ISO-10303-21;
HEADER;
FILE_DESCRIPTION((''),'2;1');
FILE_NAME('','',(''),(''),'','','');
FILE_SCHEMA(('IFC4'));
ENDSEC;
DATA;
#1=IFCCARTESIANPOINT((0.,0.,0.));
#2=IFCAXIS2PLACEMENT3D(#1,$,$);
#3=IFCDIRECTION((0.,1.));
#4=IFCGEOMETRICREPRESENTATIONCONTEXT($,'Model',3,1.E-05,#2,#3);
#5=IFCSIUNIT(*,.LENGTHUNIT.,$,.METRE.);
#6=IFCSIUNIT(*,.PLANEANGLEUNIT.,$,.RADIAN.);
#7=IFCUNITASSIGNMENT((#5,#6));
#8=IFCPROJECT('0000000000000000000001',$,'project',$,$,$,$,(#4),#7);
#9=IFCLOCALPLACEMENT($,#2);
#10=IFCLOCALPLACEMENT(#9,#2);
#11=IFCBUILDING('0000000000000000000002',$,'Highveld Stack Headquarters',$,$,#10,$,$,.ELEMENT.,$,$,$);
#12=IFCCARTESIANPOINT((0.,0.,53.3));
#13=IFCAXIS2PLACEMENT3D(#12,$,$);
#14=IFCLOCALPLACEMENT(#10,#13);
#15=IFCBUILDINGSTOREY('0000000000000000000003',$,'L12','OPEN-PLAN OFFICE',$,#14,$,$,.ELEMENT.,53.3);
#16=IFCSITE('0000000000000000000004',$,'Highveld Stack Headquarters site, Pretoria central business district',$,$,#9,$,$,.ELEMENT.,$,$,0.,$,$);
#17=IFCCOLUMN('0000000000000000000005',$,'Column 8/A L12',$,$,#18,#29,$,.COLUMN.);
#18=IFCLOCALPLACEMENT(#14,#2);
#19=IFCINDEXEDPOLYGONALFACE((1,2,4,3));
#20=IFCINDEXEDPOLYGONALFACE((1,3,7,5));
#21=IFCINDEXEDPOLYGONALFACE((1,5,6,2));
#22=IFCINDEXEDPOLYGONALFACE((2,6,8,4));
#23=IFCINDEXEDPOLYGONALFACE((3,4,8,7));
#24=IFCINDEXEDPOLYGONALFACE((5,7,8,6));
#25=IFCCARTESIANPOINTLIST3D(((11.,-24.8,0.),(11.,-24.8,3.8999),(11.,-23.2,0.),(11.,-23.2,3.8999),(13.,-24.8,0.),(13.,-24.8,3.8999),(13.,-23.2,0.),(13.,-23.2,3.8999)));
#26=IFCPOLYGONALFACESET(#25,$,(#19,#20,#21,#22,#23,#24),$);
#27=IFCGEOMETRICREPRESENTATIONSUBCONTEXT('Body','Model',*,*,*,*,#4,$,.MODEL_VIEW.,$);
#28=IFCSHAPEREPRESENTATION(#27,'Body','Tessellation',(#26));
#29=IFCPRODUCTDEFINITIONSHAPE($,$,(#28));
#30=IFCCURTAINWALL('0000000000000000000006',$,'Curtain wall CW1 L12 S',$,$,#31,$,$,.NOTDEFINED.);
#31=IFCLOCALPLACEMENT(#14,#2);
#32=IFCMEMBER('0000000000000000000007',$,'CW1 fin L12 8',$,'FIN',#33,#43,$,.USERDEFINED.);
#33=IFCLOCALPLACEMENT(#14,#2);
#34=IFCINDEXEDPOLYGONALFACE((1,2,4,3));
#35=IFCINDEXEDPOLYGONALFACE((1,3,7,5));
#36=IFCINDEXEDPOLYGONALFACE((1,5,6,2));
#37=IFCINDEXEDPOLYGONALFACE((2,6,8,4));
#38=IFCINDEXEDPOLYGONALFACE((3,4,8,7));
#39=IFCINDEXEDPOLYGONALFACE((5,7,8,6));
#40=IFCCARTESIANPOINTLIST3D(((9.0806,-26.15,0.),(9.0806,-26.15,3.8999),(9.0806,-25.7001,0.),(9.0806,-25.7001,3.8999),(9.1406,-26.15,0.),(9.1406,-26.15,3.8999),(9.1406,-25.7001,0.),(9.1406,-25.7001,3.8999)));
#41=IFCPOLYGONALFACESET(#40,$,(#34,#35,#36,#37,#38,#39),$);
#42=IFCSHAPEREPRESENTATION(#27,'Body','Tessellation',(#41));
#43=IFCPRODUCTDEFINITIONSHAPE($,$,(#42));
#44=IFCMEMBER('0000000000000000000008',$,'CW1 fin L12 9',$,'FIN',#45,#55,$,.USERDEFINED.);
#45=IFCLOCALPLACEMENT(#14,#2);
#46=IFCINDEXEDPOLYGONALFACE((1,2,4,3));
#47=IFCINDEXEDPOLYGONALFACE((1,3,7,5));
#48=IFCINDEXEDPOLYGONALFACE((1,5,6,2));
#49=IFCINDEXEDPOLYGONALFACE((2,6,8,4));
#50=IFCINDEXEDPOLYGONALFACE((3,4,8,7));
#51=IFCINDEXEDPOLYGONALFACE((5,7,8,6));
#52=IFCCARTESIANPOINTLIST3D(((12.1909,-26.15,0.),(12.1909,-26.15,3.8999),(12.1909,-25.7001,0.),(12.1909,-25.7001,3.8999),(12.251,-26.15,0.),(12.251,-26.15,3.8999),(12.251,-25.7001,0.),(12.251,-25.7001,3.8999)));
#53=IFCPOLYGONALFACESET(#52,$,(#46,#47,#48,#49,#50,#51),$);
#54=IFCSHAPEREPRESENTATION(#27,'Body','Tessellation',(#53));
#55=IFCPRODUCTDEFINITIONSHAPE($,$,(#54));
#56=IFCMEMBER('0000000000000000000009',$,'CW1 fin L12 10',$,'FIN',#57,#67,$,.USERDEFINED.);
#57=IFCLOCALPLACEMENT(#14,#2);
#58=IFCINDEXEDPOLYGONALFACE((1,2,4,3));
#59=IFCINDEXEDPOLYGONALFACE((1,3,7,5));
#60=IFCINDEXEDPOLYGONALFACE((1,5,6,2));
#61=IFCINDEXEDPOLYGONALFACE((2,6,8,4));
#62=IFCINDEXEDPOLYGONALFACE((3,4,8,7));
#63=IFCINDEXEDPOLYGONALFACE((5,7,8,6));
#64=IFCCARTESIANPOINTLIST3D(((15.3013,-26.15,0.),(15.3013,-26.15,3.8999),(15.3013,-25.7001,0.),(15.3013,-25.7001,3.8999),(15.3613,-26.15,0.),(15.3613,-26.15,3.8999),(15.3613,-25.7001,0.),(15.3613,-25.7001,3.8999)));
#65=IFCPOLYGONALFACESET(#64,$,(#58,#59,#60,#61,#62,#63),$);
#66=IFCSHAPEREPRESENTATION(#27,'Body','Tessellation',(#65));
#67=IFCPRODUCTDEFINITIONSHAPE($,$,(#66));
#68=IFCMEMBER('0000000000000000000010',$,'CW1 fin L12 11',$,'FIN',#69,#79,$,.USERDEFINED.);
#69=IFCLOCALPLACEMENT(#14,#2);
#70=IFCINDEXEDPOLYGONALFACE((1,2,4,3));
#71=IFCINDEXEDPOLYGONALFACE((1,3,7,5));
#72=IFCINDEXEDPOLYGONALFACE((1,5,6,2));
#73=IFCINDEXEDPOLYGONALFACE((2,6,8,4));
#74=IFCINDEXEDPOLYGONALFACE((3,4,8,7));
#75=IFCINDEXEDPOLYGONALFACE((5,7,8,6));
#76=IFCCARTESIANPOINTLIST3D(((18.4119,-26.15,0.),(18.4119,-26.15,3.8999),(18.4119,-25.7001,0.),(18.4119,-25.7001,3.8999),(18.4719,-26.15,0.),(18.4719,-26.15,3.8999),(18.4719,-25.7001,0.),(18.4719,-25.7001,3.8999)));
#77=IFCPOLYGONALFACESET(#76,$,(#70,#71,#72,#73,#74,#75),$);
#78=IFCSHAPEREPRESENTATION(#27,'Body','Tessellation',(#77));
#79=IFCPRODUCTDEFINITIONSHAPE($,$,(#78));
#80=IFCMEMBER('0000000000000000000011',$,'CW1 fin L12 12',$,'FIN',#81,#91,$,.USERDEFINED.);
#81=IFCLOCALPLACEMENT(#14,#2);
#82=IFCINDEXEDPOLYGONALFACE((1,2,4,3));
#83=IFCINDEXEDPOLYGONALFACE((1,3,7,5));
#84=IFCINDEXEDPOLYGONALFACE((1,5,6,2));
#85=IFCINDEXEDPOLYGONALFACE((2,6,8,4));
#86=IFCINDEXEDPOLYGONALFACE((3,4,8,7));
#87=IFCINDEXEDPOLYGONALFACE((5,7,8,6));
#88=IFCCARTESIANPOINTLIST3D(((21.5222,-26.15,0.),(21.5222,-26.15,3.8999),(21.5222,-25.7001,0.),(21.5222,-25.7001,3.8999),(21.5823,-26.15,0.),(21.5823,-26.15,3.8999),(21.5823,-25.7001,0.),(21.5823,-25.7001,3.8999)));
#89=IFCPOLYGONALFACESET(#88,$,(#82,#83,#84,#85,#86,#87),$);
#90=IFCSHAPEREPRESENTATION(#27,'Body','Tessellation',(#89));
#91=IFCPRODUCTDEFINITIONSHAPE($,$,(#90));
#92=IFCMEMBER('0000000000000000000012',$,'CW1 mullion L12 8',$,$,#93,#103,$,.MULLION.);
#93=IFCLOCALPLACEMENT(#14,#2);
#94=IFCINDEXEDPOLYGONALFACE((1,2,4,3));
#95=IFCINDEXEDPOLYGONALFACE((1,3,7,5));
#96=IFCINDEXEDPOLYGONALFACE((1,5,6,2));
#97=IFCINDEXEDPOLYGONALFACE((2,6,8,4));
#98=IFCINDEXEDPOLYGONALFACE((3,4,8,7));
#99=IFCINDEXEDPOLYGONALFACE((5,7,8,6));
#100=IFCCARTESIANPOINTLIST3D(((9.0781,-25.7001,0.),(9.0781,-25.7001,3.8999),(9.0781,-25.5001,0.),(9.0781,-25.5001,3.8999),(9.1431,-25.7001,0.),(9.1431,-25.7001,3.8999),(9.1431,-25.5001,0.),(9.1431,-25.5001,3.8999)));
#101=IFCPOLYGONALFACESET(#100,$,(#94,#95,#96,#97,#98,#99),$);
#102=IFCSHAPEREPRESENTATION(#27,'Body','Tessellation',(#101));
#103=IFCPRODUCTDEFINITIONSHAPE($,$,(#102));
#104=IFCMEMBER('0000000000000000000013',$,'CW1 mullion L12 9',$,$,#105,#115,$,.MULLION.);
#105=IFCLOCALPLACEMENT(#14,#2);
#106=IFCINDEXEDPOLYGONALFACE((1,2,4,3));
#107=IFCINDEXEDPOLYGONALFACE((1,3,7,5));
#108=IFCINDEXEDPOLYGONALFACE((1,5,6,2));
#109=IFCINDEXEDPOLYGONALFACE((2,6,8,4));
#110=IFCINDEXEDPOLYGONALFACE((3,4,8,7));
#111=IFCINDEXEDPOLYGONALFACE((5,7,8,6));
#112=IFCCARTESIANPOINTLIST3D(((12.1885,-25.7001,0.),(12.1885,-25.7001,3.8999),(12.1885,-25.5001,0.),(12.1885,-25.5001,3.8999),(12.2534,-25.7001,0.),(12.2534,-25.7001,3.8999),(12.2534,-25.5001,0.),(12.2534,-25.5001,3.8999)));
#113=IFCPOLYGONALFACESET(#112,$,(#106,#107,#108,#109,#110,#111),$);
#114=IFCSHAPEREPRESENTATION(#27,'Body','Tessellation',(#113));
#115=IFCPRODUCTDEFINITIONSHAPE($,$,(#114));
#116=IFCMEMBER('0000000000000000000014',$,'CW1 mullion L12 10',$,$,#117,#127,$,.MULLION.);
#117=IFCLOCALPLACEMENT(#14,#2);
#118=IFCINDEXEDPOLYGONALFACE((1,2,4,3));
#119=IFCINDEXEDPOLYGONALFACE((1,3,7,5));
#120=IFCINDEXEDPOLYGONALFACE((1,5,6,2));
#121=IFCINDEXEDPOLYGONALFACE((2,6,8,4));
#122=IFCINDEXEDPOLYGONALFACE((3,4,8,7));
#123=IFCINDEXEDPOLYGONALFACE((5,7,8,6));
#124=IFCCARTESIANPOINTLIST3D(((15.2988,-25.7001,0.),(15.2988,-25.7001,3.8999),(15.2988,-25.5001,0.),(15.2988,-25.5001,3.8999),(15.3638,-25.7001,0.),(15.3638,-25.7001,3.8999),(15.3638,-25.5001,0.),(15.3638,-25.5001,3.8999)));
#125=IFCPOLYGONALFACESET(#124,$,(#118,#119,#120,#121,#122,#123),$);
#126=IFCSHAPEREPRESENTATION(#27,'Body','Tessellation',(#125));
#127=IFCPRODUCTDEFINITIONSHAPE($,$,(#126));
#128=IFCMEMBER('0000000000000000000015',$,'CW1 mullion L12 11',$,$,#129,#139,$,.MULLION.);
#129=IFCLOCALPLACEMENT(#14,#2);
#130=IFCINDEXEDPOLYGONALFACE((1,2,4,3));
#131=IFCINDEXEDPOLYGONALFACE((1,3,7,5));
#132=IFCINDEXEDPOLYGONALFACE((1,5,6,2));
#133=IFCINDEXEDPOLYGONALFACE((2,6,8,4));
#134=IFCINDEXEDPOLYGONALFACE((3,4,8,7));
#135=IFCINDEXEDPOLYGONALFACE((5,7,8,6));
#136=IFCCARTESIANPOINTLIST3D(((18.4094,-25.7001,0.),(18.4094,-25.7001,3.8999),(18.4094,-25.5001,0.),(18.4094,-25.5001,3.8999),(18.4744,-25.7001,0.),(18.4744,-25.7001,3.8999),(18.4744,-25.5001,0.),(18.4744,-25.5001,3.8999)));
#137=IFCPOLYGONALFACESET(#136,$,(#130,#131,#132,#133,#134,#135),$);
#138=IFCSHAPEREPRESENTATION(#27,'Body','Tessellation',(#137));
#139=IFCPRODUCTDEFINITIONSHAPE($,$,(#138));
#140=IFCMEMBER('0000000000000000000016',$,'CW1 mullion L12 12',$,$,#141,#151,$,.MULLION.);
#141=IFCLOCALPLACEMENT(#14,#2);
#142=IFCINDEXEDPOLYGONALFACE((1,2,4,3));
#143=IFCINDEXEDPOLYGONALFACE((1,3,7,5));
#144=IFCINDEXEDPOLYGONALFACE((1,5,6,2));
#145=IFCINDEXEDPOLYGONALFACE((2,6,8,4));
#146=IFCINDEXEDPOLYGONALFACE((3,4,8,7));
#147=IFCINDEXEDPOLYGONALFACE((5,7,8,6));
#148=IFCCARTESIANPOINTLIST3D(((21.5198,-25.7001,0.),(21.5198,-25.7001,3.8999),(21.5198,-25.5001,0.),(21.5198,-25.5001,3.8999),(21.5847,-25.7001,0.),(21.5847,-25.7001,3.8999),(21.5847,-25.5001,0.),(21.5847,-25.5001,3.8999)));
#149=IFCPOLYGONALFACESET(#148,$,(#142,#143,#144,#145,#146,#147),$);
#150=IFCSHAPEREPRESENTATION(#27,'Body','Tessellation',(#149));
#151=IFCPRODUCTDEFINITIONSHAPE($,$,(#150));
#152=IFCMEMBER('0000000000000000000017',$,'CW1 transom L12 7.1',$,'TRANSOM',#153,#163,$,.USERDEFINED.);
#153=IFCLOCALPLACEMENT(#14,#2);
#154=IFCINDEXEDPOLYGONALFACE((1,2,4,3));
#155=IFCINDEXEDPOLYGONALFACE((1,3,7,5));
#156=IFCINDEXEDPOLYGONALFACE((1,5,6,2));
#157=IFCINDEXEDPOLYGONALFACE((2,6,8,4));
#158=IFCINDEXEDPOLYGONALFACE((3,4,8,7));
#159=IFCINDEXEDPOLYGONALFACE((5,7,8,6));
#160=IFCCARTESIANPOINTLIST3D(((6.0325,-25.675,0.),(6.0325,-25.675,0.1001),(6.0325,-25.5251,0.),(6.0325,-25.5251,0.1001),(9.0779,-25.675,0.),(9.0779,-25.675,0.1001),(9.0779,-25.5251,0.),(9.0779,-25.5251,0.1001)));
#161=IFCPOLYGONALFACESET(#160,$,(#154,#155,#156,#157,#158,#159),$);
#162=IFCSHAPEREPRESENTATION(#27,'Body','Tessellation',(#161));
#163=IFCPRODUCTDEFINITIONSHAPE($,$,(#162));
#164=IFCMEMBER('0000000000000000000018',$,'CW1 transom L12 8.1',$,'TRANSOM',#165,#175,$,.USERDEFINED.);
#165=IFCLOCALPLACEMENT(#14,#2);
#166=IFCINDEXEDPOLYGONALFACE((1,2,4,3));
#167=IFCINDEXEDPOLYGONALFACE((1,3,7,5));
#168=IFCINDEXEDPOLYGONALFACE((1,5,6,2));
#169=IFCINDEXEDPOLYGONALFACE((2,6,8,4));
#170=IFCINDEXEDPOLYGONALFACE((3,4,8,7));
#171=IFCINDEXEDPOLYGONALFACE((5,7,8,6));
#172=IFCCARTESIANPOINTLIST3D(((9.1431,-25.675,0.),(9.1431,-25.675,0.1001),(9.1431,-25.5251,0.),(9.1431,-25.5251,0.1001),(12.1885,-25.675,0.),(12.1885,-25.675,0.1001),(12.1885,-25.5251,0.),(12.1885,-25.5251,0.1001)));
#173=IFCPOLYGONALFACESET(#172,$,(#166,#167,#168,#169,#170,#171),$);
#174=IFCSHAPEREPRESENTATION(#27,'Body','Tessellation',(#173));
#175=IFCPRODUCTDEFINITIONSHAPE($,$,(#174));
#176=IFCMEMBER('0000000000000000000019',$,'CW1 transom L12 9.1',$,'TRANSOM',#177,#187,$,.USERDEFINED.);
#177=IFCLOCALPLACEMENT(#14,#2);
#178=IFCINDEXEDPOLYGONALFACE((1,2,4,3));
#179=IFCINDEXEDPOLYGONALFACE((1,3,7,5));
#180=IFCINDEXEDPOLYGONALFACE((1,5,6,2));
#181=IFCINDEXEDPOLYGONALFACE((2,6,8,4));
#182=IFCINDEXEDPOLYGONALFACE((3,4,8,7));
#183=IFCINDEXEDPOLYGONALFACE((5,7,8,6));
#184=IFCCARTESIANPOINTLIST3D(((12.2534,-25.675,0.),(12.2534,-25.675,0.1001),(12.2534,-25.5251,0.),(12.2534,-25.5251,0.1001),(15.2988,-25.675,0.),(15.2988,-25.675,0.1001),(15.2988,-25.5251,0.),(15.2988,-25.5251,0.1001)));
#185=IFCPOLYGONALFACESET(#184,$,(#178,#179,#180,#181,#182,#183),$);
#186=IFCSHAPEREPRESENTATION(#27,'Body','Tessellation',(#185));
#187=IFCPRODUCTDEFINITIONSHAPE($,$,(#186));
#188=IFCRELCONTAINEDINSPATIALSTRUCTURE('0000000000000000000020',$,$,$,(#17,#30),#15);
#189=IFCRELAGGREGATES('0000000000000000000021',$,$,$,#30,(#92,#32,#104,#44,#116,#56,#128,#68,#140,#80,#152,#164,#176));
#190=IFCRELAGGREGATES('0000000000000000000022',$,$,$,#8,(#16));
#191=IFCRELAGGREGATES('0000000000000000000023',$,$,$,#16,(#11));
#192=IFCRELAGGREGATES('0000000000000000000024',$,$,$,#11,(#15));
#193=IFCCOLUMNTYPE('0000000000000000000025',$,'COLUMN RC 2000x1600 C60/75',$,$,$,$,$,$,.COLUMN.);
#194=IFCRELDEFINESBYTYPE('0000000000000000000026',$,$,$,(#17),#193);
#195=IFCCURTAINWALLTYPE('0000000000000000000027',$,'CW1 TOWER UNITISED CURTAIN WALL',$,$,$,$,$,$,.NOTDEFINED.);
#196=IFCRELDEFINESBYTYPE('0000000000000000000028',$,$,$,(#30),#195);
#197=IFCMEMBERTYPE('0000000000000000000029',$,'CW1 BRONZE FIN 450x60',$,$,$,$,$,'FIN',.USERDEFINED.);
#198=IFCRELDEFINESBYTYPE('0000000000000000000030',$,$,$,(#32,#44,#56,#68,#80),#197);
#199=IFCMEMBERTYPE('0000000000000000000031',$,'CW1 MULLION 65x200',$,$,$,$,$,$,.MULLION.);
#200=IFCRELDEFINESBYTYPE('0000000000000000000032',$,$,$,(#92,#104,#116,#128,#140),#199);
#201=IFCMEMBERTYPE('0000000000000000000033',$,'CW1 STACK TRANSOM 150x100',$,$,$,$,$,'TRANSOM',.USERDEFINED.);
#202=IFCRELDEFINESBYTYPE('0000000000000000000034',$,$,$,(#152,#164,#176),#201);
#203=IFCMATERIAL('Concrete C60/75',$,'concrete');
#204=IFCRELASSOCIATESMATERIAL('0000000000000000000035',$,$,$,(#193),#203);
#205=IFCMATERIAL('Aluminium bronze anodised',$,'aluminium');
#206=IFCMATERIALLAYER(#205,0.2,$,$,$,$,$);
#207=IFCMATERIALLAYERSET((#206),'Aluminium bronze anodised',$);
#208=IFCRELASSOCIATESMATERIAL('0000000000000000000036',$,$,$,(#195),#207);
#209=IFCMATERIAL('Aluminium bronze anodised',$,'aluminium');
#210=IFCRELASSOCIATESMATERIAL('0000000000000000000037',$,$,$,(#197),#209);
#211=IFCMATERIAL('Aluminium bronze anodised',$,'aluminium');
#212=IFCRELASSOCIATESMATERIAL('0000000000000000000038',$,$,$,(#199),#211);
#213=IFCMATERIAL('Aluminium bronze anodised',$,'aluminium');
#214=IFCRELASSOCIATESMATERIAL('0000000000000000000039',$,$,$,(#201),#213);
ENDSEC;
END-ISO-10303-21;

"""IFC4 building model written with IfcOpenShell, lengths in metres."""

from ifc_helpers import new_model, si_unit, direction, frame, origin, origin_2d, place, context, subcontext, project, spatial, rectangle, extrude, material, layer, layer_set, material_profile, profile_set, type_object, element, aggregate, save


model = new_model("IFC4")

# Units and contexts
model_context = context("Model", 3, precision=1e-05, world=origin(), true_north=direction((0.0, 1.0)))
body_context = subcontext(model_context, "Body", "Model", "MODEL_VIEW")
ifc_project = project(units=[si_unit("LENGTHUNIT", "METRE"), si_unit("PLANEANGLEUNIT", "RADIAN")], contexts=[model_context])

# Site, building, storey
site_placement = place(None, origin())
site = spatial("IfcSite", under=ifc_project, at=site_placement, Name="Highveld Stack Headquarters site, Pretoria central business district", CompositionType="ELEMENT", RefElevation=0.0)
building_placement = place(site_placement, origin())
building = spatial("IfcBuilding", under=site, at=building_placement, Name="Highveld Stack Headquarters", CompositionType="ELEMENT")
storey_placement = place(building_placement, frame((0.0, 0.0, 53.3)))
storey = spatial("IfcBuildingStorey", under=building, at=storey_placement, Name="L12", Description="OPEN-PLAN OFFICE", CompositionType="ELEMENT", Elevation=53.3)

# Column
ifc_material_1 = material(Name="Concrete C60/75", Category="concrete")
ifc_material_profile_1 = material_profile(ifc_material_1, rectangle(XDim=2.0, YDim=1.6001, at=origin_2d()), Name="RC 2000x1600")
ifc_profile_set_1 = profile_set([ifc_material_profile_1], Name="Concrete C60/75")
column_type = type_object("IfcColumnType", Name="COLUMN RC 2000x1600 C60/75", PredefinedType="COLUMN", material=ifc_profile_set_1)
column_placement = place(storey_placement, frame((12.0, -24.0, 0.0), z_axis=(0.0, 0.0, 1.0), x_axis=(1.0, 0.0, 0.0)))
element("IfcColumn", 1, at=column_placement, inside=storey, type_object=column_type, Name="Column 8/A L12", PredefinedType="COLUMN", context=body_context, shape_type="SweptSolid", body=[
    extrude(rectangle(XDim=2.0, YDim=1.6001, at=origin_2d()), origin(), (0.0, 0.0, 1.0), 3.8999),
])

# Curtain wall, members
ifc_material_2 = material(Name="Aluminium bronze anodised", Category="aluminium")
ifc_layer_1 = layer(ifc_material_2, 0.2)
ifc_layer_set_1 = layer_set([ifc_layer_1], Name="Aluminium bronze anodised")
curtain_wall_type = type_object("IfcCurtainWallType", Name="CW1 TOWER UNITISED CURTAIN WALL", PredefinedType="NOTDEFINED", material=ifc_layer_set_1)
curtain_wall_placement = place(storey_placement, origin())
curtain_wall = element("IfcCurtainWall", 2, at=curtain_wall_placement, inside=storey, type_object=curtain_wall_type, Name="Curtain wall CW1 L12 S", PredefinedType="NOTDEFINED")
ifc_material_3 = material(Name="Aluminium bronze anodised", Category="aluminium")
ifc_material_profile_2 = material_profile(ifc_material_3, rectangle(XDim=0.45, YDim=0.0601, at=origin_2d()), Name="FIN 450x60")
ifc_profile_set_2 = profile_set([ifc_material_profile_2], Name="Aluminium bronze anodised")
member_type_1 = type_object("IfcMemberType", Name="CW1 BRONZE FIN 450x60", ElementType="FIN", PredefinedType="USERDEFINED", material=ifc_profile_set_2)
member_1_placement = place(storey_placement, frame((9.1106, -25.925, 0.0), z_axis=(0.0, 0.0, 1.0), x_axis=(0.0, 1.0, 0.0)))
member_1 = element("IfcMember", 3, at=member_1_placement, type_object=member_type_1, Name="CW1 fin L12 8", ObjectType="FIN", PredefinedType="USERDEFINED", context=body_context, shape_type="SweptSolid", body=[
    extrude(rectangle(XDim=0.45, YDim=0.0601, at=origin_2d()), origin(), (0.0, 0.0, 1.0), 3.8999),
])
member_2_placement = place(storey_placement, frame((12.2209, -25.925, 0.0), z_axis=(0.0, 0.0, 1.0), x_axis=(0.0, 1.0, 0.0)))
member_2 = element("IfcMember", 4, at=member_2_placement, type_object=member_type_1, Name="CW1 fin L12 9", ObjectType="FIN", PredefinedType="USERDEFINED", context=body_context, shape_type="SweptSolid", body=[
    extrude(rectangle(XDim=0.45, YDim=0.0601, at=origin_2d()), origin(), (0.0, 0.0, 1.0), 3.8999),
])
member_3_placement = place(storey_placement, frame((15.3313, -25.925, 0.0), z_axis=(0.0, 0.0, 1.0), x_axis=(0.0, 1.0, 0.0)))
member_3 = element("IfcMember", 5, at=member_3_placement, type_object=member_type_1, Name="CW1 fin L12 10", ObjectType="FIN", PredefinedType="USERDEFINED", context=body_context, shape_type="SweptSolid", body=[
    extrude(rectangle(XDim=0.45, YDim=0.0601, at=origin_2d()), origin(), (0.0, 0.0, 1.0), 3.8999),
])
member_4_placement = place(storey_placement, frame((18.4419, -25.925, 0.0), z_axis=(0.0, 0.0, 1.0), x_axis=(0.0, 1.0, 0.0)))
member_4 = element("IfcMember", 6, at=member_4_placement, type_object=member_type_1, Name="CW1 fin L12 11", ObjectType="FIN", PredefinedType="USERDEFINED", context=body_context, shape_type="SweptSolid", body=[
    extrude(rectangle(XDim=0.45, YDim=0.0601, at=origin_2d()), origin(), (0.0, 0.0, 1.0), 3.8999),
])
member_5_placement = place(storey_placement, frame((21.5522, -25.925, 0.0), z_axis=(0.0, 0.0, 1.0), x_axis=(0.0, 1.0, 0.0)))
member_5 = element("IfcMember", 7, at=member_5_placement, type_object=member_type_1, Name="CW1 fin L12 12", ObjectType="FIN", PredefinedType="USERDEFINED", context=body_context, shape_type="SweptSolid", body=[
    extrude(rectangle(XDim=0.45, YDim=0.0601, at=origin_2d()), origin(), (0.0, 0.0, 1.0), 3.8999),
])
ifc_material_4 = material(Name="Aluminium bronze anodised", Category="aluminium")
ifc_material_profile_3 = material_profile(ifc_material_4, rectangle(XDim=0.2, YDim=0.0649, at=origin_2d()), Name="CW1 MULLION 65x200")
ifc_profile_set_3 = profile_set([ifc_material_profile_3], Name="Aluminium bronze anodised")
member_type_2 = type_object("IfcMemberType", Name="CW1 MULLION 65x200", PredefinedType="MULLION", material=ifc_profile_set_3)
member_6_placement = place(storey_placement, frame((9.1106, -25.6001, 0.0), z_axis=(0.0, 0.0, 1.0), x_axis=(0.0, 1.0, 0.0)))
member_6 = element("IfcMember", 8, at=member_6_placement, type_object=member_type_2, Name="CW1 mullion L12 8", PredefinedType="MULLION", context=body_context, shape_type="SweptSolid", body=[
    extrude(rectangle(XDim=0.2, YDim=0.0649, at=origin_2d()), origin(), (0.0, 0.0, 1.0), 3.8999),
])
member_7_placement = place(storey_placement, frame((12.2209, -25.6001, 0.0), z_axis=(0.0, 0.0, 1.0), x_axis=(0.0, 1.0, 0.0)))
member_7 = element("IfcMember", 9, at=member_7_placement, type_object=member_type_2, Name="CW1 mullion L12 9", PredefinedType="MULLION", context=body_context, shape_type="SweptSolid", body=[
    extrude(rectangle(XDim=0.2, YDim=0.0649, at=origin_2d()), origin(), (0.0, 0.0, 1.0), 3.8999),
])
member_8_placement = place(storey_placement, frame((15.3313, -25.6001, 0.0), z_axis=(0.0, 0.0, 1.0), x_axis=(0.0, 1.0, 0.0)))
member_8 = element("IfcMember", 10, at=member_8_placement, type_object=member_type_2, Name="CW1 mullion L12 10", PredefinedType="MULLION", context=body_context, shape_type="SweptSolid", body=[
    extrude(rectangle(XDim=0.2, YDim=0.0649, at=origin_2d()), origin(), (0.0, 0.0, 1.0), 3.8999),
])
member_9_placement = place(storey_placement, frame((18.4419, -25.6001, 0.0), z_axis=(0.0, 0.0, 1.0), x_axis=(0.0, 1.0, 0.0)))
member_9 = element("IfcMember", 11, at=member_9_placement, type_object=member_type_2, Name="CW1 mullion L12 11", PredefinedType="MULLION", context=body_context, shape_type="SweptSolid", body=[
    extrude(rectangle(XDim=0.2, YDim=0.0649, at=origin_2d()), origin(), (0.0, 0.0, 1.0), 3.8999),
])
member_10_placement = place(storey_placement, frame((21.5522, -25.6001, 0.0), z_axis=(0.0, 0.0, 1.0), x_axis=(0.0, 1.0, 0.0)))
member_10 = element("IfcMember", 12, at=member_10_placement, type_object=member_type_2, Name="CW1 mullion L12 12", PredefinedType="MULLION", context=body_context, shape_type="SweptSolid", body=[
    extrude(rectangle(XDim=0.2, YDim=0.0649, at=origin_2d()), origin(), (0.0, 0.0, 1.0), 3.8999),
])
ifc_material_5 = material(Name="Aluminium bronze anodised", Category="aluminium")
ifc_material_profile_4 = material_profile(ifc_material_5, rectangle(XDim=0.1499, YDim=0.1001, at=origin_2d()), Name="CW1 TRANSOM 150x100")
ifc_profile_set_4 = profile_set([ifc_material_profile_4], Name="Aluminium bronze anodised")
member_type_3 = type_object("IfcMemberType", Name="CW1 STACK TRANSOM 150x100", ElementType="TRANSOM", PredefinedType="USERDEFINED", material=ifc_profile_set_4)
member_11_placement = place(storey_placement, frame((6.0325, -25.6001, 0.05), z_axis=(1.0, 0.0, 0.0), x_axis=(0.0, 1.0, 0.0)))
member_11 = element("IfcMember", 13, at=member_11_placement, type_object=member_type_3, Name="CW1 transom L12 7.1", ObjectType="TRANSOM", PredefinedType="USERDEFINED", context=body_context, shape_type="SweptSolid", body=[
    extrude(rectangle(XDim=0.1499, YDim=0.1001, at=origin_2d()), origin(), (0.0, 0.0, 1.0), 3.0454),
])
member_12_placement = place(storey_placement, frame((9.1431, -25.6001, 0.05), z_axis=(1.0, 0.0, 0.0), x_axis=(0.0, 1.0, 0.0)))
member_12 = element("IfcMember", 14, at=member_12_placement, type_object=member_type_3, Name="CW1 transom L12 8.1", ObjectType="TRANSOM", PredefinedType="USERDEFINED", context=body_context, shape_type="SweptSolid", body=[
    extrude(rectangle(XDim=0.1499, YDim=0.1001, at=origin_2d()), origin(), (0.0, 0.0, 1.0), 3.0454),
])
member_13_placement = place(storey_placement, frame((12.2534, -25.6001, 0.05), z_axis=(1.0, 0.0, 0.0), x_axis=(0.0, 1.0, 0.0)))
member_13 = element("IfcMember", 15, at=member_13_placement, type_object=member_type_3, Name="CW1 transom L12 9.1", ObjectType="TRANSOM", PredefinedType="USERDEFINED", context=body_context, shape_type="SweptSolid", body=[
    extrude(rectangle(XDim=0.1499, YDim=0.1001, at=origin_2d()), origin(), (0.0, 0.0, 1.0), 3.0454),
])
aggregate(curtain_wall, [member_6, member_1, member_7, member_2, member_8, member_3, member_9, member_4, member_10, member_5, member_11, member_12, member_13])

save(model, "model.ifc")
